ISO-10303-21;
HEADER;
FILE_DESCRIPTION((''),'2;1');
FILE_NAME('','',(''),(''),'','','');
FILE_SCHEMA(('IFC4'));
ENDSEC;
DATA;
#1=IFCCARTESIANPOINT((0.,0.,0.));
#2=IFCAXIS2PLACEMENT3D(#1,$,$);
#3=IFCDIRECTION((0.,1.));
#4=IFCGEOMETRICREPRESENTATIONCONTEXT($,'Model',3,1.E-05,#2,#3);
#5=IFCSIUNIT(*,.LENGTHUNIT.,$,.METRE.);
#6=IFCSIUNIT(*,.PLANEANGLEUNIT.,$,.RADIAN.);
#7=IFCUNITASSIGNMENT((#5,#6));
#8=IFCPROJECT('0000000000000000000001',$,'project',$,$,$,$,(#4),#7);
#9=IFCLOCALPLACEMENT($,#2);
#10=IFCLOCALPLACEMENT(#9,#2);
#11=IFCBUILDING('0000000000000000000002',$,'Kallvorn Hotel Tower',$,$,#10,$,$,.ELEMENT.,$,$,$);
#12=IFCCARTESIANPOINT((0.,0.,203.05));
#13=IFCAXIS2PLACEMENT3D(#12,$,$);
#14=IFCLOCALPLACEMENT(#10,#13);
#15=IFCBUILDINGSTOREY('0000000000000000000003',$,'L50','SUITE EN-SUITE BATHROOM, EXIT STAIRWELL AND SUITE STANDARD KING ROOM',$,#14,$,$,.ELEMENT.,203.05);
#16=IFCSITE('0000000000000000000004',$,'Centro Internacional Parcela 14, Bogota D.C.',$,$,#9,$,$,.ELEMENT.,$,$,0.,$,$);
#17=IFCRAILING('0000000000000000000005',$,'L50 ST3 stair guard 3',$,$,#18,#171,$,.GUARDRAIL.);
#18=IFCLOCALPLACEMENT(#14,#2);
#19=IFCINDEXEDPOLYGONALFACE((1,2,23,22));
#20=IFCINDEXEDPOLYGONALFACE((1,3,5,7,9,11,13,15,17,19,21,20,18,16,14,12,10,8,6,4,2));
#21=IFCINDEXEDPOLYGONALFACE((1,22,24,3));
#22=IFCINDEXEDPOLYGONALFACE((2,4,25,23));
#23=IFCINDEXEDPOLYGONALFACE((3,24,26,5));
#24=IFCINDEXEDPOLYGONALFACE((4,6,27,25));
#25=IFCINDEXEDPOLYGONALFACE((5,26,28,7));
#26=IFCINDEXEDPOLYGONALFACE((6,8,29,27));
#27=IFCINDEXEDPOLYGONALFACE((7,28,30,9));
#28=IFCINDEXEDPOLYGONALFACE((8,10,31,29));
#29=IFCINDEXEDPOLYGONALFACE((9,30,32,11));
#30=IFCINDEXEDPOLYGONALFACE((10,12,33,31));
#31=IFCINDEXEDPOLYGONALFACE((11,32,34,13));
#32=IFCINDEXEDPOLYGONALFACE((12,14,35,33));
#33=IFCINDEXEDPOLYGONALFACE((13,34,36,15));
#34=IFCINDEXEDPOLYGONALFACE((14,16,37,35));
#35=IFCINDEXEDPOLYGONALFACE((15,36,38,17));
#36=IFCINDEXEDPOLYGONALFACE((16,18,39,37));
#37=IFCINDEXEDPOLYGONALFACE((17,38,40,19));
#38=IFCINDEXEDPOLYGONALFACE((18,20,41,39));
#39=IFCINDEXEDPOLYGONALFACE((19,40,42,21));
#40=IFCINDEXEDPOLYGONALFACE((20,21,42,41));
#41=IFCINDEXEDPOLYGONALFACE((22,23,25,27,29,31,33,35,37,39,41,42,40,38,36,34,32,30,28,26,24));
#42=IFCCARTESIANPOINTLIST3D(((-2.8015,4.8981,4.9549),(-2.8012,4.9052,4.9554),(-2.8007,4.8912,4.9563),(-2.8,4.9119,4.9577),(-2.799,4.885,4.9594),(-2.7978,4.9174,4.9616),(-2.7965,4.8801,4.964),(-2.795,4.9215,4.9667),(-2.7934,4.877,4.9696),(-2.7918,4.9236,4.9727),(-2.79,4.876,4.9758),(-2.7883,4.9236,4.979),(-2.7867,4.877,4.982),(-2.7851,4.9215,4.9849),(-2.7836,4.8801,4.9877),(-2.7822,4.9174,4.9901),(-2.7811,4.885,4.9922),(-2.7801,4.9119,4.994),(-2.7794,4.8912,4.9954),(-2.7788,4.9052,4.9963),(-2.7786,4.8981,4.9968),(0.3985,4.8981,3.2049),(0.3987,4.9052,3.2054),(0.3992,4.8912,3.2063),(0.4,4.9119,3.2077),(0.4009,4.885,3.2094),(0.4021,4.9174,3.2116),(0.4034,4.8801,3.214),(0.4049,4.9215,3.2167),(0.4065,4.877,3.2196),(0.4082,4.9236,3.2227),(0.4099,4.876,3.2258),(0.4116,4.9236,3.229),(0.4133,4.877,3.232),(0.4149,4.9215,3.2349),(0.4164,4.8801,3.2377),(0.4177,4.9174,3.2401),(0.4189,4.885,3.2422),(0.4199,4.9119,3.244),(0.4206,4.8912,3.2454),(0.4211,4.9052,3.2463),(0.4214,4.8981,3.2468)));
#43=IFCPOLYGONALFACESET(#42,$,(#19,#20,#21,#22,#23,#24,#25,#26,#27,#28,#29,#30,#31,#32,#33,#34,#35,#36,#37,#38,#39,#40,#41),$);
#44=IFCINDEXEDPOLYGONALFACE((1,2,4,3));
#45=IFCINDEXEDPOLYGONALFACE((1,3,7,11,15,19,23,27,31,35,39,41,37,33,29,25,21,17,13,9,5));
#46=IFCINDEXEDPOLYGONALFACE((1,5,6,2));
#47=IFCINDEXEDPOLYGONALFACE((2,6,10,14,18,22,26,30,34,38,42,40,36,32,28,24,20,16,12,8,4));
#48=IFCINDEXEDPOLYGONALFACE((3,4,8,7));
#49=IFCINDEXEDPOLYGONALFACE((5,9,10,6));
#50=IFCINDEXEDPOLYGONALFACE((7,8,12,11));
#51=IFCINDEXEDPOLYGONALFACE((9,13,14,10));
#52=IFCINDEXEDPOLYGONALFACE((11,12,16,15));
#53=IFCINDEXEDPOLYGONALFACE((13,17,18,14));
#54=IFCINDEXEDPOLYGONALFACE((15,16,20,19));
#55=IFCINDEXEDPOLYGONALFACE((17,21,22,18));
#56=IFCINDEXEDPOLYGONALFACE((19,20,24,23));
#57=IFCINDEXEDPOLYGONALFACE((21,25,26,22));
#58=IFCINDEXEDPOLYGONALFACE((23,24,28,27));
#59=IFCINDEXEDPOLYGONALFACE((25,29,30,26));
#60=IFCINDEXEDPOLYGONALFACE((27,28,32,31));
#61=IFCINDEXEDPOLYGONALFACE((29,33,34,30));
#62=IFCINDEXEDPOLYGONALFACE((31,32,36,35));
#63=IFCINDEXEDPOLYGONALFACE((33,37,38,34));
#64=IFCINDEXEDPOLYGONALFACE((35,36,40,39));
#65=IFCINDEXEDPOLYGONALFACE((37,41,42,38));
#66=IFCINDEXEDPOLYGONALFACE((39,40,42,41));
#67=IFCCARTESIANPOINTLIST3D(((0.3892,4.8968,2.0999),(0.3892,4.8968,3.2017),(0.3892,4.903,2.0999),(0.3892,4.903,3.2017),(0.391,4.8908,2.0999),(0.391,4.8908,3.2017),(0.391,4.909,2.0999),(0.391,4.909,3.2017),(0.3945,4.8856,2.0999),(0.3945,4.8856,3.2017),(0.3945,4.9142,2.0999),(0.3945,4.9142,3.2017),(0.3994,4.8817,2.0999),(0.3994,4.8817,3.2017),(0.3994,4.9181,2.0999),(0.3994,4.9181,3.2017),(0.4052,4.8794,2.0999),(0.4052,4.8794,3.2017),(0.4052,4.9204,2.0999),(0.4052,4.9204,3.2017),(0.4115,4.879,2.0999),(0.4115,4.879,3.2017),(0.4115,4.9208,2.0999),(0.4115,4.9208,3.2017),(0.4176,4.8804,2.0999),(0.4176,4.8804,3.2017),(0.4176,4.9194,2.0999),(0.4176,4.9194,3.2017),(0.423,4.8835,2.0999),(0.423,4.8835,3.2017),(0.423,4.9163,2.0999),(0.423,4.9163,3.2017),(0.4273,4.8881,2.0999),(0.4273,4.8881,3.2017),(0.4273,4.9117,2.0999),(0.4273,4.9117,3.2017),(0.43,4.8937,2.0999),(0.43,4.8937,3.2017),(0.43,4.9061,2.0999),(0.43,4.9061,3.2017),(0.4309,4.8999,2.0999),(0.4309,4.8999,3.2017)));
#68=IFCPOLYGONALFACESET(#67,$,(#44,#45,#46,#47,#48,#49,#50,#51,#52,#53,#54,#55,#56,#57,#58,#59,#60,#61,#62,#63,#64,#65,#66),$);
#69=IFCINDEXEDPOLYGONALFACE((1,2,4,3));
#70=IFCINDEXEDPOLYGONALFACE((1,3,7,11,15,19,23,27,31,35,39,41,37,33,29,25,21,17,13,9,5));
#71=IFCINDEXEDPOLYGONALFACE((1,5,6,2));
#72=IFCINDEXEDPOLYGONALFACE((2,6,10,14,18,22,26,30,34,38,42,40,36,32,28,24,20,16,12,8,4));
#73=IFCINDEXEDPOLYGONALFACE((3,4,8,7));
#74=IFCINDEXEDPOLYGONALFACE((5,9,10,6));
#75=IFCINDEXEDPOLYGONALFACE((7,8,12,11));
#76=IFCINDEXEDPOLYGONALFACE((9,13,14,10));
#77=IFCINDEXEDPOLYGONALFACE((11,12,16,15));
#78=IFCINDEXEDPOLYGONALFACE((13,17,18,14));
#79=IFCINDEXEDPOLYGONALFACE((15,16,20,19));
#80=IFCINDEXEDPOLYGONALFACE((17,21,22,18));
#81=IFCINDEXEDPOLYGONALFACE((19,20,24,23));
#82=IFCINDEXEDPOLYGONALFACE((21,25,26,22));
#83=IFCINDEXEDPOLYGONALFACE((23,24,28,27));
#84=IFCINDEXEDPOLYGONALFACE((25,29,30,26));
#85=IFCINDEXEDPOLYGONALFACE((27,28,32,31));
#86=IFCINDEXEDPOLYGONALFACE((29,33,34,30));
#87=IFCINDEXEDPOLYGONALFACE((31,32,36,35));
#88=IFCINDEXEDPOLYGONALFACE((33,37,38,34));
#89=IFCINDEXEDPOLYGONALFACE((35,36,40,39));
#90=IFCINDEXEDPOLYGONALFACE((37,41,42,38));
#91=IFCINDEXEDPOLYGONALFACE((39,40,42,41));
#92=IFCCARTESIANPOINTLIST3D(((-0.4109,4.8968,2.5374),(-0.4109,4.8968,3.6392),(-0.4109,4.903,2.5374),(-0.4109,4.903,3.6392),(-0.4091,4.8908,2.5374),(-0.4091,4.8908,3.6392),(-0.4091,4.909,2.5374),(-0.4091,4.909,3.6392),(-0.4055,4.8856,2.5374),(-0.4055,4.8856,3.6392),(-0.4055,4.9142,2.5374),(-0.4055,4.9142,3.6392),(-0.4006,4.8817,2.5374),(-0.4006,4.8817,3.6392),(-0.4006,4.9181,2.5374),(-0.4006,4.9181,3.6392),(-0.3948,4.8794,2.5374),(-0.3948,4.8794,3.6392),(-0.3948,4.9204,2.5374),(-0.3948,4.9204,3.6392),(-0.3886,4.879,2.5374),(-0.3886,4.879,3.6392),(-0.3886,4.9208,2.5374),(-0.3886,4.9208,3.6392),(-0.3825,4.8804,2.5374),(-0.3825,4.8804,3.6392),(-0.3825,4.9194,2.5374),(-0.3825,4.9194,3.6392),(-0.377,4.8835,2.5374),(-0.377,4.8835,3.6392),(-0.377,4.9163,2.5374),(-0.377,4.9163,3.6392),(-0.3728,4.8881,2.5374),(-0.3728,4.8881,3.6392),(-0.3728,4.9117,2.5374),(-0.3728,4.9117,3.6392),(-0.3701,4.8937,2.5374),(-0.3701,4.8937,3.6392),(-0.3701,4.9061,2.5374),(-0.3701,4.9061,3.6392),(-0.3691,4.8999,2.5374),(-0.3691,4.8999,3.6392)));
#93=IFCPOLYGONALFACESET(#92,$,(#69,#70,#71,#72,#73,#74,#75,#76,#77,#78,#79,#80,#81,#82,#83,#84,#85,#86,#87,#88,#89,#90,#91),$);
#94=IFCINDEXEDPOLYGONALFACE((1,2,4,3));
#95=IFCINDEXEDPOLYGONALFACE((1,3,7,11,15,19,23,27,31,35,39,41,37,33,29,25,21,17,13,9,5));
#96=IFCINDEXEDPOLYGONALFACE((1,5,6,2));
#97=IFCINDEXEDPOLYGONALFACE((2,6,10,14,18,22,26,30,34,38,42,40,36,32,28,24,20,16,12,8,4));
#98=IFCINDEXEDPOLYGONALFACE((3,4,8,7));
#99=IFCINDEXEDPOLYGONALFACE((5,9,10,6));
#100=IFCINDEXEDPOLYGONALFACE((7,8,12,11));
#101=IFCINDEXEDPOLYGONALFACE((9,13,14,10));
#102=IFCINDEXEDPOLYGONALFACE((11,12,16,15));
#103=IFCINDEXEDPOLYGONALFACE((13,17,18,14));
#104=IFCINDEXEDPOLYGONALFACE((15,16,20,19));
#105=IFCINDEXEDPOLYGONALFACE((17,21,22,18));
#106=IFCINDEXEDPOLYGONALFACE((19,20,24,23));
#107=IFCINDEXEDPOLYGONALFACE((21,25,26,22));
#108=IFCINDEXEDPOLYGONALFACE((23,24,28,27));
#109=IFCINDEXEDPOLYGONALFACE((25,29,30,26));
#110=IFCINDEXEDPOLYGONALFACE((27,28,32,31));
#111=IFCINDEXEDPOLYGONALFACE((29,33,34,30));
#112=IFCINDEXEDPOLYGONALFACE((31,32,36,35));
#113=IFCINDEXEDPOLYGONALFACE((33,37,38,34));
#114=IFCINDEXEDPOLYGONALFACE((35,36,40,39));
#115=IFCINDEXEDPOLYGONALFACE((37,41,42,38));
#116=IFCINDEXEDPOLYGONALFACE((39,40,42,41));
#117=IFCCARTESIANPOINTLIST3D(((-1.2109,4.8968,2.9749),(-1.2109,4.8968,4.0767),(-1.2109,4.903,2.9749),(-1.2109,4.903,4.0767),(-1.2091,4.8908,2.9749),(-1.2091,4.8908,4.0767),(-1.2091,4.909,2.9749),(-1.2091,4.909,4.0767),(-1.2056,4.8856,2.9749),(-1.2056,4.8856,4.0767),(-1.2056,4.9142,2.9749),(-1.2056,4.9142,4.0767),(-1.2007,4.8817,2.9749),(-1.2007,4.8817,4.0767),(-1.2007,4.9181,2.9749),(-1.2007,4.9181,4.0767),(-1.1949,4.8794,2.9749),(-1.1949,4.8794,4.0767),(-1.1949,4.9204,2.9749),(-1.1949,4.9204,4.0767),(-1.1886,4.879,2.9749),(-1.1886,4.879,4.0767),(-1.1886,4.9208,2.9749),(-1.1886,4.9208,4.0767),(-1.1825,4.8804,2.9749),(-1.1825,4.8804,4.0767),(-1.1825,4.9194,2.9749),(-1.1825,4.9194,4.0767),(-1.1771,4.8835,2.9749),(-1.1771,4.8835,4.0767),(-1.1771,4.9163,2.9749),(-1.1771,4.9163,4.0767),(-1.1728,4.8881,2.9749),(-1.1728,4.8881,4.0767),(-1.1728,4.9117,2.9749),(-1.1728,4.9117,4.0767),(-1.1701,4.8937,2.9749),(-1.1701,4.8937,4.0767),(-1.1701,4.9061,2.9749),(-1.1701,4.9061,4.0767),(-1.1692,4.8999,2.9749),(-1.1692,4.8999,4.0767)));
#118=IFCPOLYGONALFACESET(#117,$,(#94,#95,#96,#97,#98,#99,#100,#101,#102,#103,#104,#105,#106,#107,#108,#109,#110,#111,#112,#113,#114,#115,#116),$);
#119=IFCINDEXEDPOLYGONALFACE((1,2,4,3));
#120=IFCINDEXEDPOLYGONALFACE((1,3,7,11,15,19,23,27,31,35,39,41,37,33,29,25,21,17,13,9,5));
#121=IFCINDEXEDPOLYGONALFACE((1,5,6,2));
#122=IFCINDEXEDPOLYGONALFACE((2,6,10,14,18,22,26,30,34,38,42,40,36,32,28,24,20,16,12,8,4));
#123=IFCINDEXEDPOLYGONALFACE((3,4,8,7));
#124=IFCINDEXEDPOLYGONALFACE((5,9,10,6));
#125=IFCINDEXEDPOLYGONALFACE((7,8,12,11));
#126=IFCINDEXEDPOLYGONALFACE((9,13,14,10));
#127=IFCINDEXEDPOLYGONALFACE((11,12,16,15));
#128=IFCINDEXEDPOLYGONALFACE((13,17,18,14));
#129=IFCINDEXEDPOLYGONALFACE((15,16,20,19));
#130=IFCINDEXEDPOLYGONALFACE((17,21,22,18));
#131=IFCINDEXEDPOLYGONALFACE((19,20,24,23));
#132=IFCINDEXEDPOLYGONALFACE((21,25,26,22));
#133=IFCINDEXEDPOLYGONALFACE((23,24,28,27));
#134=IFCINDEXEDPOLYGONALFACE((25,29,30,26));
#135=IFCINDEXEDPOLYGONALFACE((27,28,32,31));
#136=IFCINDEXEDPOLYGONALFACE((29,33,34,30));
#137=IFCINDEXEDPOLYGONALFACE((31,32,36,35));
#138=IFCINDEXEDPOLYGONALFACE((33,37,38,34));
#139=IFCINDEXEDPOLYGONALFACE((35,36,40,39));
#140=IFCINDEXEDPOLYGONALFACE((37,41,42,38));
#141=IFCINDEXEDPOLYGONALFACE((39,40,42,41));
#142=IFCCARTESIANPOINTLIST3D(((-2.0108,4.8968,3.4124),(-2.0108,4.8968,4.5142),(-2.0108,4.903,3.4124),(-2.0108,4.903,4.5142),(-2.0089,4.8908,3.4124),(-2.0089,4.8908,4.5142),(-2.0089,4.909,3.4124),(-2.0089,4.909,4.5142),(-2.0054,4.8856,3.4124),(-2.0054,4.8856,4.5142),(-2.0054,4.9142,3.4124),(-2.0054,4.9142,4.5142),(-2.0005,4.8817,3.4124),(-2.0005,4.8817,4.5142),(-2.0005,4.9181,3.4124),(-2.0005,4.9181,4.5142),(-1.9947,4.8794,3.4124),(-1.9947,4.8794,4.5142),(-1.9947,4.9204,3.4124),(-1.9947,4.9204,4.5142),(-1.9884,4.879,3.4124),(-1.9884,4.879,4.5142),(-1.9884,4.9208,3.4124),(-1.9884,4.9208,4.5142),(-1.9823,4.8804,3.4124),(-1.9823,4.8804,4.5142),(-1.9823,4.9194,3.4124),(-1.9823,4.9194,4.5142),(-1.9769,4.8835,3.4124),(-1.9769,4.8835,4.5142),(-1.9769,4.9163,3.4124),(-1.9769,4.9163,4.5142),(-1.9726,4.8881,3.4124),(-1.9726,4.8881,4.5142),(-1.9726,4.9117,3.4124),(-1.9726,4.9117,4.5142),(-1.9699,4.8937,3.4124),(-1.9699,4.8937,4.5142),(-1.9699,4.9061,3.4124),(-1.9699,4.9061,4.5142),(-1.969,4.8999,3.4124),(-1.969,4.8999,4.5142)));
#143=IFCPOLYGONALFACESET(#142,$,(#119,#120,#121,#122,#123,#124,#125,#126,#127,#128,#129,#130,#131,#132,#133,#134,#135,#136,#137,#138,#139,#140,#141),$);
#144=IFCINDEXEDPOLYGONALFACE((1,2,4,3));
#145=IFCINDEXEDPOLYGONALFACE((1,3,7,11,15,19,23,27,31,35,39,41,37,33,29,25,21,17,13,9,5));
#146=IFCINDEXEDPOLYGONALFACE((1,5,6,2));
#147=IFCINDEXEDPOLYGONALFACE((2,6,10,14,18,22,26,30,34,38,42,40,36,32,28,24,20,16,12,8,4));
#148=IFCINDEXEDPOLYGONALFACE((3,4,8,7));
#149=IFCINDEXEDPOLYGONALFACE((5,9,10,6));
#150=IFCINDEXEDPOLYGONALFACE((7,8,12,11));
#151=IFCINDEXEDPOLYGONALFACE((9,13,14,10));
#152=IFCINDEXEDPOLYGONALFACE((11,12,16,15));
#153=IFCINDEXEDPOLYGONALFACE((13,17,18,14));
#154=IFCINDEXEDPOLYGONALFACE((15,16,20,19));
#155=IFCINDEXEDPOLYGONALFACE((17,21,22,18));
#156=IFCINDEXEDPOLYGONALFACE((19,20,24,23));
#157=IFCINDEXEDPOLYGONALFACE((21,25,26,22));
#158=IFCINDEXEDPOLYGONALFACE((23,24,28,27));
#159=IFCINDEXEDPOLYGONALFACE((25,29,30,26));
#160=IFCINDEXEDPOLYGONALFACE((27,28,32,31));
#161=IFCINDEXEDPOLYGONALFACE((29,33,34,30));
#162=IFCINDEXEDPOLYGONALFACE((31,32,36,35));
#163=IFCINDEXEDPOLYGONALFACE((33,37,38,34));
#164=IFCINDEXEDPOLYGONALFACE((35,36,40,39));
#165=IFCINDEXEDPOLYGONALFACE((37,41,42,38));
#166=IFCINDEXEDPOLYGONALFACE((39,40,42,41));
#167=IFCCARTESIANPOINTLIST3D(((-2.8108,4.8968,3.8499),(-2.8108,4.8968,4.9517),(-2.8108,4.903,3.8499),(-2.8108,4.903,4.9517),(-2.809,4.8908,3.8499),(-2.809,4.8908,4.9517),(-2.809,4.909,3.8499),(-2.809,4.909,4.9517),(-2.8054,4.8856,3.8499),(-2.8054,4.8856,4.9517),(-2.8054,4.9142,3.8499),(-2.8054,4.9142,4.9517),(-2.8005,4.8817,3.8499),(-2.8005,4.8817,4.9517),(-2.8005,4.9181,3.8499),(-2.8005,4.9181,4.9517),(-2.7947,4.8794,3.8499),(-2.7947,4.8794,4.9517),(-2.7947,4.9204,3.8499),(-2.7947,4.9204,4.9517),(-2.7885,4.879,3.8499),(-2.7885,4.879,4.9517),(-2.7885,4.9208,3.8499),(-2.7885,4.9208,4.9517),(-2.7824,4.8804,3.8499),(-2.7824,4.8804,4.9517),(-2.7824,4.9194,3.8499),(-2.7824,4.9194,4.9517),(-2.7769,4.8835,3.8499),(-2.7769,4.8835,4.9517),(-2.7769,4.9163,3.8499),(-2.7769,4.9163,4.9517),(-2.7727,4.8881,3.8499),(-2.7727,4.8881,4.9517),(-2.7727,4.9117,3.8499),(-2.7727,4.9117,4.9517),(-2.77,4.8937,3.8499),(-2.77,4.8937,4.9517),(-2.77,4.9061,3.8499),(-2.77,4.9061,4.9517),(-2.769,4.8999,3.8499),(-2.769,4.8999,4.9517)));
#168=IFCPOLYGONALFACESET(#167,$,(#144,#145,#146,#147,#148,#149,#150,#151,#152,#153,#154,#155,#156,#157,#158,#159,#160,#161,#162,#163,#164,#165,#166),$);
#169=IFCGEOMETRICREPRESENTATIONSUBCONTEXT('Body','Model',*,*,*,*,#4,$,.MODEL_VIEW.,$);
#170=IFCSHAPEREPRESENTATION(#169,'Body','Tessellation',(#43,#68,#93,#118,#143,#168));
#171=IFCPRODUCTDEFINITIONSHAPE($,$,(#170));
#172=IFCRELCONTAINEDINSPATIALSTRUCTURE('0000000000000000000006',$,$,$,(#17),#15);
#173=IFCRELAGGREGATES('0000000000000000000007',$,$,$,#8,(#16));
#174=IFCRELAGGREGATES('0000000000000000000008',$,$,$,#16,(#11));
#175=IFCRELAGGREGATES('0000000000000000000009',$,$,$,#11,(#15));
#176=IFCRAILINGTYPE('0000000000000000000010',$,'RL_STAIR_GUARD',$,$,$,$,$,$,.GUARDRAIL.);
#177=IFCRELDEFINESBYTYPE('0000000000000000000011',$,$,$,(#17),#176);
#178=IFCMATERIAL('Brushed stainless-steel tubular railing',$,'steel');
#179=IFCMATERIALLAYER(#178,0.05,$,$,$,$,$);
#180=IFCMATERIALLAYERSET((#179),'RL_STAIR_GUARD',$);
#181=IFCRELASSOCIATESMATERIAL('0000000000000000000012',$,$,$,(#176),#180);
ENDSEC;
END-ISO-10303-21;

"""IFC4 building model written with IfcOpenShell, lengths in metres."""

from ifc_helpers import new_model, si_unit, direction, frame, origin, origin_2d, place, context, subcontext, project, spatial, circle, extrude, material, layer, layer_set, type_object, element, save


model = new_model("IFC4")

# Units and contexts
model_context = context("Model", 3, precision=1e-05, world=origin(), true_north=direction((0.0, 1.0)))
body_context = subcontext(model_context, "Body", "Model", "MODEL_VIEW")
ifc_project = project(units=[si_unit("LENGTHUNIT", "METRE"), si_unit("PLANEANGLEUNIT", "RADIAN")], contexts=[model_context])

# Site, building, storey
site_placement = place(None, origin())
site = spatial("IfcSite", under=ifc_project, at=site_placement, Name="Centro Internacional Parcela 14, Bogota D.C.", CompositionType="ELEMENT", RefElevation=0.0)
building_placement = place(site_placement, origin())
building = spatial("IfcBuilding", under=site, at=building_placement, Name="Kallvorn Hotel Tower", CompositionType="ELEMENT")
storey_placement = place(building_placement, frame((0.0, 0.0, 203.05)))
storey = spatial("IfcBuildingStorey", under=building, at=storey_placement, Name="L50", Description="SUITE EN-SUITE BATHROOM, EXIT STAIRWELL AND SUITE STANDARD KING ROOM", CompositionType="ELEMENT", Elevation=203.05)

# Railing
ifc_material_1 = material(Name="Brushed stainless-steel tubular railing", Category="steel")
ifc_layer_1 = layer(ifc_material_1, 0.05)
ifc_layer_set_1 = layer_set([ifc_layer_1], Name="RL_STAIR_GUARD")
railing_type_1 = type_object("IfcRailingType", Name="RL_STAIR_GUARD", PredefinedType="GUARDRAIL", material=ifc_layer_set_1)
railing_1_placement = place(storey_placement, frame((0.4099, 4.8999, 2.0999)))
element("IfcRailing", 1, at=railing_1_placement, inside=storey, type_object=railing_type_1, Name="L50 ST3 stair guard 3", PredefinedType="GUARDRAIL", context=body_context, shape_type="SweptSolid", body=[
    extrude(circle(Radius=0.0239, at=origin_2d()), frame((0.0, 0.0, 1.126), z_axis=(-0.877368, 0.0, 0.479818), x_axis=(0.0, -1.0, 0.0)), (0.0, 0.0, 1.0), 3.6472),
    extrude(circle(Radius=0.021, at=origin_2d()), origin(), (0.0, 0.0, 1.0), 1.1018),
    extrude(circle(Radius=0.021, at=origin_2d()), frame((-0.8, 0.0, 0.4375)), (0.0, 0.0, 1.0), 1.1018),
    extrude(circle(Radius=0.021, at=origin_2d()), frame((-1.6001, 0.0, 0.875)), (0.0, 0.0, 1.0), 1.1018),
    extrude(circle(Radius=0.021, at=origin_2d()), frame((-2.3999, 0.0, 1.3125)), (0.0, 0.0, 1.0), 1.1018),
    extrude(circle(Radius=0.021, at=origin_2d()), frame((-3.2, 0.0, 1.75)), (0.0, 0.0, 1.0), 1.1018),
])

save(model, "model.ifc")
